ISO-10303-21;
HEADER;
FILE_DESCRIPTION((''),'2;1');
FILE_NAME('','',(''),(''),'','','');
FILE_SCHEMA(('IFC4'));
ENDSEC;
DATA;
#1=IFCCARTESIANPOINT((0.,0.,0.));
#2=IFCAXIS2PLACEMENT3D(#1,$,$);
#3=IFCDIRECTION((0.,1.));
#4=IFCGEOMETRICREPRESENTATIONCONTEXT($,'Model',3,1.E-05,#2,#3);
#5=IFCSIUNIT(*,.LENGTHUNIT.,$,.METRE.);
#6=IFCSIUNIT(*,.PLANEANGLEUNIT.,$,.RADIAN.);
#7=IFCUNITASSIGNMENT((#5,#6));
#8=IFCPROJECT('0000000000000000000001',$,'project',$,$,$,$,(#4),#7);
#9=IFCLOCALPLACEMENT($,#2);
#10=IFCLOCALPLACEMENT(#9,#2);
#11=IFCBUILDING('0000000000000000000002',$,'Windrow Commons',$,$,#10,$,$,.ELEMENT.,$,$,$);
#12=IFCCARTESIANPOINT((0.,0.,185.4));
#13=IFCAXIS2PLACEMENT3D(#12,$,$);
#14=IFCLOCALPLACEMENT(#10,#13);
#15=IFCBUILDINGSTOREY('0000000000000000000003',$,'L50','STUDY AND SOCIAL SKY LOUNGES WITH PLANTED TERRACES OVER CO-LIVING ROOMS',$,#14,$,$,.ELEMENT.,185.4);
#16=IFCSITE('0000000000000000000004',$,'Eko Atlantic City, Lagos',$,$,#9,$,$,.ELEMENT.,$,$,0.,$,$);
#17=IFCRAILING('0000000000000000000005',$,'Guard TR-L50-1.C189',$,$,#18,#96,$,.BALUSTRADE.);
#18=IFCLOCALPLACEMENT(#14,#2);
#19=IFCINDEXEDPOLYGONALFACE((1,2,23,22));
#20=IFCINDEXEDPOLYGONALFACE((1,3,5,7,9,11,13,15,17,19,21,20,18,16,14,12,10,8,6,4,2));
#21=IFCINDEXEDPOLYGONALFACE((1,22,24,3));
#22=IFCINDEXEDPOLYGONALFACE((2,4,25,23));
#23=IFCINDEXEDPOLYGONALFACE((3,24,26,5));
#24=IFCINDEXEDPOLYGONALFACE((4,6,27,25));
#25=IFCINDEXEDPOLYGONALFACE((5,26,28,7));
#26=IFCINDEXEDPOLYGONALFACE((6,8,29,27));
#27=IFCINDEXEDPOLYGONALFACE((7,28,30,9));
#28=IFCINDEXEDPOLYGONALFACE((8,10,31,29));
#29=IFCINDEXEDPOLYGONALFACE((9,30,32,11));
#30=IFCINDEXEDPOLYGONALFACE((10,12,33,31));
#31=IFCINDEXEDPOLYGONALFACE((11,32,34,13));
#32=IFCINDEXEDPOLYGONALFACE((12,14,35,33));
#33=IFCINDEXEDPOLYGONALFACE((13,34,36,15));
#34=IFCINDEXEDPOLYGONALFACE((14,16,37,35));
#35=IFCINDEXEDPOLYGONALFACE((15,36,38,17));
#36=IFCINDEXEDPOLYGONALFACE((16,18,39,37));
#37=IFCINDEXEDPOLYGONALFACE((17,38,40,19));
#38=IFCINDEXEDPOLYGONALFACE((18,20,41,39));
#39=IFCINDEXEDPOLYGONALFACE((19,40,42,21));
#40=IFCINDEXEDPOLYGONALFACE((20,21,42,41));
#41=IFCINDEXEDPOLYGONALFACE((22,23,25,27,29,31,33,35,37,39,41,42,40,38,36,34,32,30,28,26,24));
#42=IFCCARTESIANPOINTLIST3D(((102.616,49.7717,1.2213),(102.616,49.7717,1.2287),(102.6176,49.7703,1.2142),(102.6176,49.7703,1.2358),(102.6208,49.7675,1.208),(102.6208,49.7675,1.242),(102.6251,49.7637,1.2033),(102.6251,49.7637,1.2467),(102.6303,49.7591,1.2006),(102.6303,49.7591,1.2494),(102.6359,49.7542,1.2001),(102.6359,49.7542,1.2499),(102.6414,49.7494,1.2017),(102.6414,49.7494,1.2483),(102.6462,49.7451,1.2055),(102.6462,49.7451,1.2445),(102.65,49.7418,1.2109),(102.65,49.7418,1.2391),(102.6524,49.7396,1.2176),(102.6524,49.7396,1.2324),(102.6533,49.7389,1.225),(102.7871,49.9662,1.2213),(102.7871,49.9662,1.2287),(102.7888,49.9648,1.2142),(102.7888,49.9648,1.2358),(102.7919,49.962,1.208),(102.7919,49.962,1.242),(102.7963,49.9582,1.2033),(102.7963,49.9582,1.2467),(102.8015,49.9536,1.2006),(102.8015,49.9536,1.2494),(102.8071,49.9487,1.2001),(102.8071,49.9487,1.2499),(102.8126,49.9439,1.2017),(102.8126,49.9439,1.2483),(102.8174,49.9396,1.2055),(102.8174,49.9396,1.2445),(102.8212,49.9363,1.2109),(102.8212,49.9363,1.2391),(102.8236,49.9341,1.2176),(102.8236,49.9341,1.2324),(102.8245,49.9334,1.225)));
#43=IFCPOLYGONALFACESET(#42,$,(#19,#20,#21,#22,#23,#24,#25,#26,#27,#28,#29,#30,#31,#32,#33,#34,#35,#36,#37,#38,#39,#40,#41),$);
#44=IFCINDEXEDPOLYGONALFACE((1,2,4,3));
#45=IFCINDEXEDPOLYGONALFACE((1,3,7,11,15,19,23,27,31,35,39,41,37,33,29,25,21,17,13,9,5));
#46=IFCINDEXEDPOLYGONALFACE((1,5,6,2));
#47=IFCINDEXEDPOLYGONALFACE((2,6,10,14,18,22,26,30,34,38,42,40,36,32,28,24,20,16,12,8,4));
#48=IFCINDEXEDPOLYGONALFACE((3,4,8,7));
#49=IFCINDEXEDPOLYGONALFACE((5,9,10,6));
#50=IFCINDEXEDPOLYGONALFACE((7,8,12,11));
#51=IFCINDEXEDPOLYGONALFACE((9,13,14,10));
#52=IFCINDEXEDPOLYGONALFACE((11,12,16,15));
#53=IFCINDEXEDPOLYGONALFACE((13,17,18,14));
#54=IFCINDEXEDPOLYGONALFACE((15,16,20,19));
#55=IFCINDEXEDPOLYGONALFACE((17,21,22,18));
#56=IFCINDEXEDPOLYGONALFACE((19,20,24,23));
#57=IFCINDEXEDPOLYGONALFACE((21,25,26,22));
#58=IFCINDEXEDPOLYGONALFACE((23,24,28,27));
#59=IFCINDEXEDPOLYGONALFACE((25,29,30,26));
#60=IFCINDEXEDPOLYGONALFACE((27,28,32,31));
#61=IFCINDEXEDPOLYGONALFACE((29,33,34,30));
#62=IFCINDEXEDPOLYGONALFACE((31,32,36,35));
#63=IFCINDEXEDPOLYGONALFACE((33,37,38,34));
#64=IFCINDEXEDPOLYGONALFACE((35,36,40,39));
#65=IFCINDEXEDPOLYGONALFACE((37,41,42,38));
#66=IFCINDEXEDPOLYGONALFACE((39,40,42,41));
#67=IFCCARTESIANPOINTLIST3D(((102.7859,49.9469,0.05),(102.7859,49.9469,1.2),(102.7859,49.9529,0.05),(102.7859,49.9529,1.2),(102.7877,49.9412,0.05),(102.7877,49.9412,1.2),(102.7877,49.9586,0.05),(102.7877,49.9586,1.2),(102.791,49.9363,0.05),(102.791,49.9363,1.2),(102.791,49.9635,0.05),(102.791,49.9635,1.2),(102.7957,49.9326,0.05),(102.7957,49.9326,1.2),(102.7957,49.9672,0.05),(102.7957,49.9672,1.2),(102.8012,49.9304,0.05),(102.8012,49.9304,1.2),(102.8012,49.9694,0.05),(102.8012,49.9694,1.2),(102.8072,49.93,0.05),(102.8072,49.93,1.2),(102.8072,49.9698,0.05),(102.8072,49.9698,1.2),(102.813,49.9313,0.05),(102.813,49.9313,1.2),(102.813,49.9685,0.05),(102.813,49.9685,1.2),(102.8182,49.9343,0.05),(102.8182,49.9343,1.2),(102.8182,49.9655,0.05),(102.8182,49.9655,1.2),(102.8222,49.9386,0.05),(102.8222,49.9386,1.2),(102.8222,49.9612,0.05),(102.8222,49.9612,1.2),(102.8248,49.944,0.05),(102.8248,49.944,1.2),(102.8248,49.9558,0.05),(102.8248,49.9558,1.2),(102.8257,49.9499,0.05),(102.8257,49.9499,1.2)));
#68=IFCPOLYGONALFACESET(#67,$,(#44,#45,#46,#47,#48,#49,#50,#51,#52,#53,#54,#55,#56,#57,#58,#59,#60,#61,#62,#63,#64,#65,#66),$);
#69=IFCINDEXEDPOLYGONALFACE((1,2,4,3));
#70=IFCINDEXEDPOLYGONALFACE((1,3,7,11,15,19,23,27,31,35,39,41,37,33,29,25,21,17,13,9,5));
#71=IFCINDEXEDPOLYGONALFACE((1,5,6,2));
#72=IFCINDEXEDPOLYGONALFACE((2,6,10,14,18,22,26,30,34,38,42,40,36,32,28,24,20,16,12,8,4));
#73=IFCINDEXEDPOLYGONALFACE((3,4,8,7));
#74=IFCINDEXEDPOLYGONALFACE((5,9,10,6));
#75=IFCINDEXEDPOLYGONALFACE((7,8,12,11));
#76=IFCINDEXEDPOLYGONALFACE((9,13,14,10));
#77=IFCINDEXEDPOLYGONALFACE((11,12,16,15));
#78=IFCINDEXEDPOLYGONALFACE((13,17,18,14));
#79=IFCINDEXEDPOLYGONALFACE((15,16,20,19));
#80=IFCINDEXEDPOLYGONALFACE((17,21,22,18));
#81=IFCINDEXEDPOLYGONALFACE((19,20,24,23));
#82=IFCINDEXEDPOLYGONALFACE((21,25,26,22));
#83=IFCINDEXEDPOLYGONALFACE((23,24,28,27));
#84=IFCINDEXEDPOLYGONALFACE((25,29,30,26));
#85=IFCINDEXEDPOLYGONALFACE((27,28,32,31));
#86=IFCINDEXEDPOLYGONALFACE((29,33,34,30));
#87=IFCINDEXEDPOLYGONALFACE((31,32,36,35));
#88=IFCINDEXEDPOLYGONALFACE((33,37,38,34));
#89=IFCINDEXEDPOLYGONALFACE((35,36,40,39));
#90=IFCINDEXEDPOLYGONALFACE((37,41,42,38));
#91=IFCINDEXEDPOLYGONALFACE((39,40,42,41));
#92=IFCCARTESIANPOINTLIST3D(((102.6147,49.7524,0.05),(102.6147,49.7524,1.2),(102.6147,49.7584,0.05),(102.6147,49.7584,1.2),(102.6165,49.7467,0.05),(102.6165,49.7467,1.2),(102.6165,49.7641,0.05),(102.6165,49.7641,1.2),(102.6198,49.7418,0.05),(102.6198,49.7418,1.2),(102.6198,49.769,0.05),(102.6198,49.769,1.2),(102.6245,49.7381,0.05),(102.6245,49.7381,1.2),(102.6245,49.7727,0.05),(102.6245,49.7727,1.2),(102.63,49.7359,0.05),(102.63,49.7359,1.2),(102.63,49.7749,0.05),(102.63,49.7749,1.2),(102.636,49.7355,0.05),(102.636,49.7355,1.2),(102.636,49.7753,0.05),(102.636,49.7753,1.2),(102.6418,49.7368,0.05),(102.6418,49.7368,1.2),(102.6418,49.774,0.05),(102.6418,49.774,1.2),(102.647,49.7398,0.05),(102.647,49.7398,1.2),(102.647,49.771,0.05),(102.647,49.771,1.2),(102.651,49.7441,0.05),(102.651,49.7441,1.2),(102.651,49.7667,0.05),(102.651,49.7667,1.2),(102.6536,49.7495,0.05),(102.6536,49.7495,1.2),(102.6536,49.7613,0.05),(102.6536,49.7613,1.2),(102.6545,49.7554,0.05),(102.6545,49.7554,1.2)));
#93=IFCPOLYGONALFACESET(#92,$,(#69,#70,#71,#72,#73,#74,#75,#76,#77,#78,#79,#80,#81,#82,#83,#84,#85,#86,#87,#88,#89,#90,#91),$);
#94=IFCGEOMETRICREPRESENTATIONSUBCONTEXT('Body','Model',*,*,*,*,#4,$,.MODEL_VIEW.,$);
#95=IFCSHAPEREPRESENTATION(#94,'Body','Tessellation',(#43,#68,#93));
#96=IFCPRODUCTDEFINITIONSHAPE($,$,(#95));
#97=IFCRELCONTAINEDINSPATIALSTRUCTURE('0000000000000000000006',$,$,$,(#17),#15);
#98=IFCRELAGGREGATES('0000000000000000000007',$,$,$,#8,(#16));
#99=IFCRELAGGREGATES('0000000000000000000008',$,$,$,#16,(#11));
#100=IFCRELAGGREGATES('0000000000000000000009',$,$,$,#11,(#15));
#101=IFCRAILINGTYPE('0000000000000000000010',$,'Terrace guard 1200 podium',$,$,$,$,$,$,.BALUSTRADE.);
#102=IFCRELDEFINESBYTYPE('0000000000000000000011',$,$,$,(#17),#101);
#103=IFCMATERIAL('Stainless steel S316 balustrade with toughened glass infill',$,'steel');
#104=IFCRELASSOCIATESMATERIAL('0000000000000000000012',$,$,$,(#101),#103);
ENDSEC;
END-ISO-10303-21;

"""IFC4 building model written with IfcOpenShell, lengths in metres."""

from ifc_helpers import new_model, si_unit, direction, frame, origin, origin_2d, place, context, subcontext, project, spatial, circle, extrude, material, type_object, element, save


model = new_model("IFC4")

# Units and contexts
model_context = context("Model", 3, precision=1e-05, world=origin(), true_north=direction((0.0, 1.0)))
body_context = subcontext(model_context, "Body", "Model", "MODEL_VIEW")
ifc_project = project(units=[si_unit("LENGTHUNIT", "METRE"), si_unit("PLANEANGLEUNIT", "RADIAN")], contexts=[model_context])

# Site, building, storey
site_placement = place(None, origin())
site = spatial("IfcSite", under=ifc_project, at=site_placement, Name="Eko Atlantic City, Lagos", CompositionType="ELEMENT", RefElevation=0.0)
building_placement = place(site_placement, origin())
building = spatial("IfcBuilding", under=site, at=building_placement, Name="Windrow Commons", CompositionType="ELEMENT")
storey_placement = place(building_placement, frame((0.0, 0.0, 185.4)))
storey = spatial("IfcBuildingStorey", under=building, at=storey_placement, Name="L50", Description="STUDY AND SOCIAL SKY LOUNGES WITH PLANTED TERRACES OVER CO-LIVING ROOMS", CompositionType="ELEMENT", Elevation=185.4)

# Railing
ifc_material_1 = material(Name="Stainless steel S316 balustrade with toughened glass infill", Category="steel")
railing_type_1 = type_object("IfcRailingType", Name="Terrace guard 1200 podium", PredefinedType="BALUSTRADE", material=ifc_material_1)
railing_1_placement = place(storey_placement, frame((102.8057, 49.9499, 0.05)))
element("IfcRailing", 1, at=railing_1_placement, inside=storey, type_object=railing_type_1, Name="Guard TR-L50-1.C189", PredefinedType="BALUSTRADE", context=body_context, shape_type="SweptSolid", body=[
    extrude(circle(Radius=0.025, at=origin_2d()), frame((0.0, 0.0, 1.175), z_axis=(-0.660715, -0.750637, 0.0), x_axis=(0.750637, -0.660715, 0.0)), (0.0, 0.0, 1.0), 0.2591),
    extrude(circle(Radius=0.02, at=origin_2d()), origin(), (0.0, 0.0, 1.0), 1.15),
    extrude(circle(Radius=0.02, at=origin_2d()), frame((-0.1712, -0.1945, 0.0)), (0.0, 0.0, 1.0), 1.15),
])

save(model, "model.ifc")
